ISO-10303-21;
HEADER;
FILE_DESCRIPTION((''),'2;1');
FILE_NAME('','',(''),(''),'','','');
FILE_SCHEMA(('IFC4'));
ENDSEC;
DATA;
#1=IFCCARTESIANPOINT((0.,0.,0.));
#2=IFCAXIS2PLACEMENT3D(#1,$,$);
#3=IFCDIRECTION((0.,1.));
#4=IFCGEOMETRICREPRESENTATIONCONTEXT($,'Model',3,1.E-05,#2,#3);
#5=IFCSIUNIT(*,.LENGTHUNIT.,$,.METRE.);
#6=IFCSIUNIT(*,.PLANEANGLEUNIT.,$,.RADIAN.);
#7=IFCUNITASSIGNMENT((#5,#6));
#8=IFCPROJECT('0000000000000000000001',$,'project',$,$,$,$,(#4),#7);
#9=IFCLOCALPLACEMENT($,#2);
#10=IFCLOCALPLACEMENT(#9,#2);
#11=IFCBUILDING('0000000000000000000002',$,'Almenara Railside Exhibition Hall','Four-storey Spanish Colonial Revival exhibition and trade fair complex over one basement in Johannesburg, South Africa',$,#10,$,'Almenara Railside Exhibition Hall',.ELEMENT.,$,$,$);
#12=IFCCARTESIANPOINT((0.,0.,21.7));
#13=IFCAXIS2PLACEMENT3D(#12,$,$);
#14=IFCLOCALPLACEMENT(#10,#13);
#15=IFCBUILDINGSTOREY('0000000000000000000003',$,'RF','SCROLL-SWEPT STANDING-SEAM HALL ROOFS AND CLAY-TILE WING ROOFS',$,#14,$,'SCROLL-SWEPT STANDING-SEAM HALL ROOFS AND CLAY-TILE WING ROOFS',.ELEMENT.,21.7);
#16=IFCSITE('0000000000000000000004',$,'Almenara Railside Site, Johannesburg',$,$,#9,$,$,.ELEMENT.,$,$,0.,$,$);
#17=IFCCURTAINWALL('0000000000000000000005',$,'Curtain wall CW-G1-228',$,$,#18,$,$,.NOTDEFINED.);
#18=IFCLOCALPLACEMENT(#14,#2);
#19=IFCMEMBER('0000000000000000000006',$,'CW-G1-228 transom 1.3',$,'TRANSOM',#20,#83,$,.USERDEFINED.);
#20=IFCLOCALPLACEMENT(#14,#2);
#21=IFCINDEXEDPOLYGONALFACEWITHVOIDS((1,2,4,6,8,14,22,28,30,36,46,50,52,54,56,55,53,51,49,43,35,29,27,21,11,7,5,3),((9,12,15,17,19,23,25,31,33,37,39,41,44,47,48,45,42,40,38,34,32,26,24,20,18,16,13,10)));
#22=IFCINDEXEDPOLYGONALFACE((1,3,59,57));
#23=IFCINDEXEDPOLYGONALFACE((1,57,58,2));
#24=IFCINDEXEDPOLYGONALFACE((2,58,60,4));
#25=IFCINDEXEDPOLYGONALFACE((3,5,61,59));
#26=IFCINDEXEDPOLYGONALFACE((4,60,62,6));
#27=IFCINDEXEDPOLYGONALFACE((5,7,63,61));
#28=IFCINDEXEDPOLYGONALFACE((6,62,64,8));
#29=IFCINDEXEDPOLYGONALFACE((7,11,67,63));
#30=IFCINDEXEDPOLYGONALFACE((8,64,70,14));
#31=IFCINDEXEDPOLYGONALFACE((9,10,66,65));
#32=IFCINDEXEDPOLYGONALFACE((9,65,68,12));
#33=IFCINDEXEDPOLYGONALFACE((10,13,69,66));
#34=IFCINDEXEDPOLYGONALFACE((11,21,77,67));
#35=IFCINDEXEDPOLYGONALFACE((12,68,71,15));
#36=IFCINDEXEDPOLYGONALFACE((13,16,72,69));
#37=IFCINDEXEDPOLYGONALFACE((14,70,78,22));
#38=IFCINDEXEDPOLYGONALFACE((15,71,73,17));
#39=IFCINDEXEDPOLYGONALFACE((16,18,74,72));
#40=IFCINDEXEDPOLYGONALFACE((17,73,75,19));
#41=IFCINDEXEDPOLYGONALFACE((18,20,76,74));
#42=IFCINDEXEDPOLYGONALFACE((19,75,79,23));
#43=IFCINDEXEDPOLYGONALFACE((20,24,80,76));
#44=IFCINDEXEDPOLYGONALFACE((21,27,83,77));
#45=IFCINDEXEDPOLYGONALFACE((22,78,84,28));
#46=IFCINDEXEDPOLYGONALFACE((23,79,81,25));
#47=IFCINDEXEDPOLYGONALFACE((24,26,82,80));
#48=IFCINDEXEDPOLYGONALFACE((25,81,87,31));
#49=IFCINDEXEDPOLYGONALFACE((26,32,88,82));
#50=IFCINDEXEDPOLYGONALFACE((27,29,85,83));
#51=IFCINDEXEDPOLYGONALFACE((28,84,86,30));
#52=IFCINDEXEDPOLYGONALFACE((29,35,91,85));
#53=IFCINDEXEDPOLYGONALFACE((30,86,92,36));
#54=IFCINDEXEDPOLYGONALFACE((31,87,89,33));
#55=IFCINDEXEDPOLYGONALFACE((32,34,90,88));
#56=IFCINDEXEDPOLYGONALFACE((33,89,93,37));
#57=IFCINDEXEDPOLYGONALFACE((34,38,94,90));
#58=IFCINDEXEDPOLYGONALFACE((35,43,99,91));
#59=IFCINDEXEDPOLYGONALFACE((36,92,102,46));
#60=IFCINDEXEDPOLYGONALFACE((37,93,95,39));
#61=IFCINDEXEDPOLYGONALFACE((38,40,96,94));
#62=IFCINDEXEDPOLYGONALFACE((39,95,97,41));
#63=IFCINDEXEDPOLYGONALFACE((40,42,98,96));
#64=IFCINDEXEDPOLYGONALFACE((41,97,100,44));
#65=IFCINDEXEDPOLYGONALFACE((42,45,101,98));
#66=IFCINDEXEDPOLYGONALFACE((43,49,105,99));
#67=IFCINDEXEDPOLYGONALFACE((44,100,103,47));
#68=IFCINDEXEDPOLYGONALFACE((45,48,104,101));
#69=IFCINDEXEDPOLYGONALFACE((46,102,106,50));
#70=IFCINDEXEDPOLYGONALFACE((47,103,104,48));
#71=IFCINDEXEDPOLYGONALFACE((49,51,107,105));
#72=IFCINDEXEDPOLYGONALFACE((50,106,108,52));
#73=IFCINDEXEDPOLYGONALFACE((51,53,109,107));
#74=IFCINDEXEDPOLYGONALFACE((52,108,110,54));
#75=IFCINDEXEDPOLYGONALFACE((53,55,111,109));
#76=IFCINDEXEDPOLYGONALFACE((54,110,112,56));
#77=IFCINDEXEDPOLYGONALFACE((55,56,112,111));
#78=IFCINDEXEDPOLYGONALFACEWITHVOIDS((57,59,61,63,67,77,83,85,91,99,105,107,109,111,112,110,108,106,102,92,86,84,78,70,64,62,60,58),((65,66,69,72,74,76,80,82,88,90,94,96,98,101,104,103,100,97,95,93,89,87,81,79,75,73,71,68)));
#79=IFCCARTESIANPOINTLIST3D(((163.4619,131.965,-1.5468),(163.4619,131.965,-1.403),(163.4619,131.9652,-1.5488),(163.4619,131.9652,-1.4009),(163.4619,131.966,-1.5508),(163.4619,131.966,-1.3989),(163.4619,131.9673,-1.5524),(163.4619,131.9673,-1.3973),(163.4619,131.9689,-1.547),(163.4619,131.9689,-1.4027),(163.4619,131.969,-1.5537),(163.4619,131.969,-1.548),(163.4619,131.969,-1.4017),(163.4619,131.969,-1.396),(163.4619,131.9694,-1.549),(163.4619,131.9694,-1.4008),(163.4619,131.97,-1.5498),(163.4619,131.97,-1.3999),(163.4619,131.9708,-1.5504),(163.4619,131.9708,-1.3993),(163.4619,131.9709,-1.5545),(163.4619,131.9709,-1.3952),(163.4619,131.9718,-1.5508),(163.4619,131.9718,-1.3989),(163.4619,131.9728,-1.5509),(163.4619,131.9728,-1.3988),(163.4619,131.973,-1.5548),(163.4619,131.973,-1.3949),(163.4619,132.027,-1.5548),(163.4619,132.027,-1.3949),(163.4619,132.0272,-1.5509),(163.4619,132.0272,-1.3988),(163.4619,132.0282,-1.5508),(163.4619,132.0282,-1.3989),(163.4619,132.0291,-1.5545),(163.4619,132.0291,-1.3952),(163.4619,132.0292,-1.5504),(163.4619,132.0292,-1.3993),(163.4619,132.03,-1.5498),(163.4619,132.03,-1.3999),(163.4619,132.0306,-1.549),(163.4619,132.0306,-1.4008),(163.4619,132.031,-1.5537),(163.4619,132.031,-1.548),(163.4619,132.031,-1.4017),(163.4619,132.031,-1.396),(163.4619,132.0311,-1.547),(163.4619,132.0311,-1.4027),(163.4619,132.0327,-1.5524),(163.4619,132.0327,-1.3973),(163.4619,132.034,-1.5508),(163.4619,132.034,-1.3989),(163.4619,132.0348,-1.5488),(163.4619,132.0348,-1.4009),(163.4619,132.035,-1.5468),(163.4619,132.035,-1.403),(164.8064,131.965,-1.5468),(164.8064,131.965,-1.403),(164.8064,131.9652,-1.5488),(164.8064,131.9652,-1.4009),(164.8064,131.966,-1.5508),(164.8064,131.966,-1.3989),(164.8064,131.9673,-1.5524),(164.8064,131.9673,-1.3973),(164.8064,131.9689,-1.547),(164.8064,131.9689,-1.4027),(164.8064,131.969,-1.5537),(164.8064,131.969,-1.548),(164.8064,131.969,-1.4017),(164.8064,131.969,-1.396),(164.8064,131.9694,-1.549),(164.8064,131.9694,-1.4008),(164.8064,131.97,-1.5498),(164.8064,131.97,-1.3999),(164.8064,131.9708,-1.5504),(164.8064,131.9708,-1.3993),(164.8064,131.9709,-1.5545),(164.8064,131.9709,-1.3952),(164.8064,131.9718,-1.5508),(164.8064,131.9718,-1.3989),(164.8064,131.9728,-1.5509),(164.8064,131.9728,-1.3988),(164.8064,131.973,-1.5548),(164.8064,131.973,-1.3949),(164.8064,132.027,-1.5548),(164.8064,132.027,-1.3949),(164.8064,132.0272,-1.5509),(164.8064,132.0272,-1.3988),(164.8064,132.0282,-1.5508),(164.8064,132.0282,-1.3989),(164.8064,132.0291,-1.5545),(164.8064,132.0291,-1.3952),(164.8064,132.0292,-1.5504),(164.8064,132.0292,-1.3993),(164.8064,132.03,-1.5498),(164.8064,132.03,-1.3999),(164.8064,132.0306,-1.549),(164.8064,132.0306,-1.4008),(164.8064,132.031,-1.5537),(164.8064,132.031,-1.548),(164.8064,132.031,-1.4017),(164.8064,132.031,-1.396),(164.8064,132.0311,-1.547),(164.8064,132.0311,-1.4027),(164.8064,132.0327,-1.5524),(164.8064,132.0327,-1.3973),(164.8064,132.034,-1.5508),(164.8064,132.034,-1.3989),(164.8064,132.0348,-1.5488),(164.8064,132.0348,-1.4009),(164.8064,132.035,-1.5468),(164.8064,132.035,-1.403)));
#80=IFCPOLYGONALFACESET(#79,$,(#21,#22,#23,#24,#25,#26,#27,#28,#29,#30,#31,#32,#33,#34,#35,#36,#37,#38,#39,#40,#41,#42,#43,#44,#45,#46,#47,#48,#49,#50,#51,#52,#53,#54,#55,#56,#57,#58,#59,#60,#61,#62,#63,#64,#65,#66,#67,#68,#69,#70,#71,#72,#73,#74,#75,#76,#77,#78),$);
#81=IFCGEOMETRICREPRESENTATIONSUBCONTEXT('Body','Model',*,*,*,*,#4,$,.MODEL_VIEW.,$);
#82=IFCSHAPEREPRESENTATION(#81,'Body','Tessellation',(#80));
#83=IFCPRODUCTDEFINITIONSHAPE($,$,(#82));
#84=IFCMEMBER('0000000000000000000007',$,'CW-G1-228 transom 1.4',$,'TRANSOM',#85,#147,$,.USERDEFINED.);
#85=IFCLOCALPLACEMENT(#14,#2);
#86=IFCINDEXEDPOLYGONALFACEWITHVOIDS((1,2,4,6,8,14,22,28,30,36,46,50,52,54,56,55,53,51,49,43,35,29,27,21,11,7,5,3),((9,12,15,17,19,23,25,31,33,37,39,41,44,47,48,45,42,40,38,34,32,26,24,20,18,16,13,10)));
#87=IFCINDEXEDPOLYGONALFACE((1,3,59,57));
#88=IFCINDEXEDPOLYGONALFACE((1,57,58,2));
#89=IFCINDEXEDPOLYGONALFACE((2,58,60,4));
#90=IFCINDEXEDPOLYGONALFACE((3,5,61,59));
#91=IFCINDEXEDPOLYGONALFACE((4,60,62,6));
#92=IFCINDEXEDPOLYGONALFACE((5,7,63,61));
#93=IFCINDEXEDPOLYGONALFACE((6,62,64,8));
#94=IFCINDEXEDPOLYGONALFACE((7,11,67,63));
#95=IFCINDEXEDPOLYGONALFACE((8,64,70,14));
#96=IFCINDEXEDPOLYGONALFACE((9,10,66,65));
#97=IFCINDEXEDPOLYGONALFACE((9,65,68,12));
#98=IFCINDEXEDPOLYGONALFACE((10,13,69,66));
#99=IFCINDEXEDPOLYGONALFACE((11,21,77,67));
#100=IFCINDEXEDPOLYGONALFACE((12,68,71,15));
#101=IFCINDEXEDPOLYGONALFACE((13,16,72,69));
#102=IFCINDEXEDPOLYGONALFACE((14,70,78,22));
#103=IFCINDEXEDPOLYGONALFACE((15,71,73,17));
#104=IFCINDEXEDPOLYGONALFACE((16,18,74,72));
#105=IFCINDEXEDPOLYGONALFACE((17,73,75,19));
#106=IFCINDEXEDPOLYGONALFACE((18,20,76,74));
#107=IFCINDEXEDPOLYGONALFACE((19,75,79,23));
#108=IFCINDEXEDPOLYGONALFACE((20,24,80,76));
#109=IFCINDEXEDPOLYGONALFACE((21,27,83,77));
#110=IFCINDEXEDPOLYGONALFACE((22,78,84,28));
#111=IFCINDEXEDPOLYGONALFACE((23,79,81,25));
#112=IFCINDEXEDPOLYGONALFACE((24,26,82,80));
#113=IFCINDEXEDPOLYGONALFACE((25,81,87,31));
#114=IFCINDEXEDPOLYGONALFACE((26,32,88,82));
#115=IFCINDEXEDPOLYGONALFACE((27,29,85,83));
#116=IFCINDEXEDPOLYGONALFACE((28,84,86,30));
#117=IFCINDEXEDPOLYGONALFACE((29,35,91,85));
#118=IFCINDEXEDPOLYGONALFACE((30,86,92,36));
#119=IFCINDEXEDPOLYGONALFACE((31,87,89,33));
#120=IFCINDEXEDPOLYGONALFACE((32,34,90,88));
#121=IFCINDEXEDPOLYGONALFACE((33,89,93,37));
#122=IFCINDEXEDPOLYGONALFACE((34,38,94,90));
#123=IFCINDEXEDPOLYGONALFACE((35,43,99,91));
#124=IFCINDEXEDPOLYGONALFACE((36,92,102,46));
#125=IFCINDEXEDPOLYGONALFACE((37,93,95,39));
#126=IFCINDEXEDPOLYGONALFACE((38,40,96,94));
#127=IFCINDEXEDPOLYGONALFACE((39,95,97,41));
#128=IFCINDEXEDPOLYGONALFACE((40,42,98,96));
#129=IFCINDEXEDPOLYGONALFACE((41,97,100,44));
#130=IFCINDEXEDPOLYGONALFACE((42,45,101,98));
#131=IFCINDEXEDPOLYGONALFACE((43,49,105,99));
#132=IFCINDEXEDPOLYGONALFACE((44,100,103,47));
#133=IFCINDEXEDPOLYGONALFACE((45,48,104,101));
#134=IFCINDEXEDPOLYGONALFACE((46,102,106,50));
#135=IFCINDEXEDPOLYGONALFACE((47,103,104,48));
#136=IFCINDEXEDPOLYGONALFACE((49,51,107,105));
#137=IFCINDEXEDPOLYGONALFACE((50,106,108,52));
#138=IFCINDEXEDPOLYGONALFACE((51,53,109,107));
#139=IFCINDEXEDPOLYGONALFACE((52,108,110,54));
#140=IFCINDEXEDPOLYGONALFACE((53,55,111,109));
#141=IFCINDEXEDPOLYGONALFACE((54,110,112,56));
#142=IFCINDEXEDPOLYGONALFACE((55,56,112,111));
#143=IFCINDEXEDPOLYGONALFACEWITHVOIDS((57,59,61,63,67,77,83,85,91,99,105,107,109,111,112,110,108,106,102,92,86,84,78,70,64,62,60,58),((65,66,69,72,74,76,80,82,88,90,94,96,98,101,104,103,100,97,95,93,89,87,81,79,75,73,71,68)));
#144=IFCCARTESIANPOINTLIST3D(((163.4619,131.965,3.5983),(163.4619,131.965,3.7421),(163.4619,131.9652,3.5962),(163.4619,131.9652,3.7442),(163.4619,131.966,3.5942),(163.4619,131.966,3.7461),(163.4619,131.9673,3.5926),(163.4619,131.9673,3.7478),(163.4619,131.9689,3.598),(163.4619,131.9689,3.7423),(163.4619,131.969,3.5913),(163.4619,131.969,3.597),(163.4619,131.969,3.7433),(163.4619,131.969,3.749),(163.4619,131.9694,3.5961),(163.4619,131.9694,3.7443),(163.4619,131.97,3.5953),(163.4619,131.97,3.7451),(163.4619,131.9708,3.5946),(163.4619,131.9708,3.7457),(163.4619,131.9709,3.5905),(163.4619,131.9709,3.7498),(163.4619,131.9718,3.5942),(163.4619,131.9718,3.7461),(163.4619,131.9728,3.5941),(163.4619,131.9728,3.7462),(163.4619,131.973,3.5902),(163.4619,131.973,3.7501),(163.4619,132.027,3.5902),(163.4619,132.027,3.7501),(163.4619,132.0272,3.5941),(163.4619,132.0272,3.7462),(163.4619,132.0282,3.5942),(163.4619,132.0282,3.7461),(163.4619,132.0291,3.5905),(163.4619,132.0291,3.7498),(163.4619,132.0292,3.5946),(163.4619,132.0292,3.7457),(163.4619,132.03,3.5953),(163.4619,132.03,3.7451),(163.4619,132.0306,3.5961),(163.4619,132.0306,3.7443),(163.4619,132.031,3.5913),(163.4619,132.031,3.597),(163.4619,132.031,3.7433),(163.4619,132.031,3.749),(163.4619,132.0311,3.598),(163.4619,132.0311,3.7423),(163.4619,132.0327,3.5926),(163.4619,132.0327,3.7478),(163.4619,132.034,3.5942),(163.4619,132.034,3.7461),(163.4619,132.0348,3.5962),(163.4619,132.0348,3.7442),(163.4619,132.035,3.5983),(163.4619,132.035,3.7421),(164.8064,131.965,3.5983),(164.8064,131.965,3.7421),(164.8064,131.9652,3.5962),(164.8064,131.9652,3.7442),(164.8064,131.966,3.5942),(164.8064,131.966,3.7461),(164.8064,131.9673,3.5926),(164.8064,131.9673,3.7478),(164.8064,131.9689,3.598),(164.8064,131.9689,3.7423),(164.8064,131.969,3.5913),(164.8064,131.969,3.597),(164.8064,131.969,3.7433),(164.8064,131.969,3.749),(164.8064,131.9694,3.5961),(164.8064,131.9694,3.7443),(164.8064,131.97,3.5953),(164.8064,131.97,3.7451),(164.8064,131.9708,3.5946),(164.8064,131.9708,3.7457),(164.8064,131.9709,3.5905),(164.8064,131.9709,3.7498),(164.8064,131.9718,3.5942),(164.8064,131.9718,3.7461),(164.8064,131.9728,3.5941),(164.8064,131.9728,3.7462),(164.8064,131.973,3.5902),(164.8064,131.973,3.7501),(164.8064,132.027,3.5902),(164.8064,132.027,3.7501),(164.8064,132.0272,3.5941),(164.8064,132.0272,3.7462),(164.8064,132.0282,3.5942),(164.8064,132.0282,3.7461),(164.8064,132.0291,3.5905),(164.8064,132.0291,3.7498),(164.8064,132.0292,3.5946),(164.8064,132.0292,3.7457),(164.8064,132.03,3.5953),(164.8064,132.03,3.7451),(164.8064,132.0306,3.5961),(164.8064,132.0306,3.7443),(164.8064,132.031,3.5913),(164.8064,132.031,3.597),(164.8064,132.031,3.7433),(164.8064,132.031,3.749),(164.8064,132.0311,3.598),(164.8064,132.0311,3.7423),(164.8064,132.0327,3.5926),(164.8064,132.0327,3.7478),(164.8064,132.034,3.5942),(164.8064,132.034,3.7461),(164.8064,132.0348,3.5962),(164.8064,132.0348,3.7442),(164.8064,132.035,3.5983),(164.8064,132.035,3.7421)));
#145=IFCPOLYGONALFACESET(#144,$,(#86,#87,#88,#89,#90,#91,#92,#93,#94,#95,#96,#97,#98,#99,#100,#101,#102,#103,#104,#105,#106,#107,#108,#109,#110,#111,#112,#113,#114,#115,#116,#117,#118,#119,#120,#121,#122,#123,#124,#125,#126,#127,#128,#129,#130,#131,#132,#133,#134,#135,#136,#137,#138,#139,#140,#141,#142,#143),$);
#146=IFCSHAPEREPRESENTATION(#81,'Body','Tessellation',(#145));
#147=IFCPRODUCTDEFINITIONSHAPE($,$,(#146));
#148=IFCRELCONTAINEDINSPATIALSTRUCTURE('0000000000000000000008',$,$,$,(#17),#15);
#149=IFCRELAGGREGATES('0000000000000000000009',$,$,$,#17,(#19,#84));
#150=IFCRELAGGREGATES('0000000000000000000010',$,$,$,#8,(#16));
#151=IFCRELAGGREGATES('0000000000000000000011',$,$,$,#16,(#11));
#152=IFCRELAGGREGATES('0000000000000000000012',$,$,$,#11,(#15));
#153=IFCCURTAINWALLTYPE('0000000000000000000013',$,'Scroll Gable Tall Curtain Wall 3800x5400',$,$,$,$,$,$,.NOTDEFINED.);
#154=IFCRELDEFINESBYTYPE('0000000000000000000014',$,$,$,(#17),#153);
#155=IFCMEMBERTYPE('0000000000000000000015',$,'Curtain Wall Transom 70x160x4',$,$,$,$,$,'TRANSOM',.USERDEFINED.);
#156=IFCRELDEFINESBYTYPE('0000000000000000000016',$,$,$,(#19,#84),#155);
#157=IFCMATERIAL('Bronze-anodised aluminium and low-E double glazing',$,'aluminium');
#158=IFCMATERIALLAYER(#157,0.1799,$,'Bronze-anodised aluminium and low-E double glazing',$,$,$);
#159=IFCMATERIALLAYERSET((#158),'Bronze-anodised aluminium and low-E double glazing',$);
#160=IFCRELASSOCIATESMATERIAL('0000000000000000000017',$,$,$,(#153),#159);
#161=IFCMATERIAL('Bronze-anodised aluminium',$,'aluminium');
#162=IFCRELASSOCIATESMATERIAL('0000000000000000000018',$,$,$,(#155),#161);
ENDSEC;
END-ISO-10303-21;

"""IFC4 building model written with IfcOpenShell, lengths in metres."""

from ifc_helpers import new_model, si_unit, direction, frame, origin, origin_2d, place, context, subcontext, project, spatial, hollow_rectangle, extrude, material, layer, layer_set, material_profile, profile_set, type_object, element, aggregate, save


model = new_model("IFC4")

# Units and contexts
model_context = context("Model", 3, precision=1e-05, world=origin(), true_north=direction((0.0, 1.0)))
body_context = subcontext(model_context, "Body", "Model", "MODEL_VIEW")
ifc_project = project(units=[si_unit("LENGTHUNIT", "METRE"), si_unit("PLANEANGLEUNIT", "RADIAN")], contexts=[model_context])

# Site, building, storey
site_placement = place(None, origin())
site = spatial("IfcSite", under=ifc_project, at=site_placement, Name="Almenara Railside Site, Johannesburg", CompositionType="ELEMENT", RefElevation=0.0)
building_placement = place(site_placement, origin())
building = spatial("IfcBuilding", under=site, at=building_placement, Name="Almenara Railside Exhibition Hall", Description="Four-storey Spanish Colonial Revival exhibition and trade fair complex over one basement in Johannesburg, South Africa", LongName="Almenara Railside Exhibition Hall", CompositionType="ELEMENT")
storey_placement = place(building_placement, frame((0.0, 0.0, 21.7)))
storey = spatial("IfcBuildingStorey", under=building, at=storey_placement, Name="RF", Description="SCROLL-SWEPT STANDING-SEAM HALL ROOFS AND CLAY-TILE WING ROOFS", LongName="SCROLL-SWEPT STANDING-SEAM HALL ROOFS AND CLAY-TILE WING ROOFS", CompositionType="ELEMENT", Elevation=21.7)

# Shared definitions
ifc_material_1 = material(Name="Bronze-anodised aluminium and low-E double glazing", Category="aluminium")
ifc_layer_1 = layer(ifc_material_1, 0.1799, Name="Bronze-anodised aluminium and low-E double glazing")
ifc_layer_set_1 = layer_set([ifc_layer_1], Name="Bronze-anodised aluminium and low-E double glazing")
curtain_wall_type = type_object("IfcCurtainWallType", Name="Scroll Gable Tall Curtain Wall 3800x5400", PredefinedType="NOTDEFINED", material=ifc_layer_set_1)
ifc_material_2 = material(Name="Bronze-anodised aluminium", Category="aluminium")

# Curtain wall, members
curtain_wall_1_placement = place(storey_placement, origin())
curtain_wall_1 = element("IfcCurtainWall", 1, at=curtain_wall_1_placement, inside=storey, type_object=curtain_wall_type, Name="Curtain wall CW-G1-228", PredefinedType="NOTDEFINED")
ifc_material_profile_1 = material_profile(ifc_material_2, hollow_rectangle(XDim=0.0701, YDim=0.1599, WallThickness=0.0039, InnerFilletRadius=0.0039, OuterFilletRadius=0.0081, at=origin_2d()), Name="ALU-TRN 70x160x4")
ifc_profile_set_1 = profile_set([ifc_material_profile_1], Name="Bronze-anodised aluminium")
member_type_1 = type_object("IfcMemberType", Name="Curtain Wall Transom 70x160x4", ElementType="TRANSOM", PredefinedType="USERDEFINED", material=ifc_profile_set_1)
member_1_placement = place(storey_placement, frame((163.4619, 132.0, -1.4749), z_axis=(1.0, 0.0, 0.0), x_axis=(0.0, 1.0, 0.0)))
member_1 = element("IfcMember", 2, at=member_1_placement, type_object=member_type_1, Name="CW-G1-228 transom 1.3", ObjectType="TRANSOM", PredefinedType="USERDEFINED", context=body_context, shape_type="SweptSolid", body=[
    extrude(hollow_rectangle(XDim=0.0701, YDim=0.1599, WallThickness=0.0039, InnerFilletRadius=0.0039, OuterFilletRadius=0.0081, at=origin_2d()), origin(), (0.0, 0.0, 1.0), 1.3445),
])
member_2_placement = place(storey_placement, frame((163.4619, 132.0, 3.6702), z_axis=(1.0, 0.0, 0.0), x_axis=(0.0, 1.0, 0.0)))
member_2 = element("IfcMember", 3, at=member_2_placement, type_object=member_type_1, Name="CW-G1-228 transom 1.4", ObjectType="TRANSOM", PredefinedType="USERDEFINED", context=body_context, shape_type="SweptSolid", body=[
    extrude(hollow_rectangle(XDim=0.0701, YDim=0.1599, WallThickness=0.0039, InnerFilletRadius=0.0039, OuterFilletRadius=0.0081, at=origin_2d()), origin(), (0.0, 0.0, 1.0), 1.3445),
])

aggregate(curtain_wall_1, [member_1, member_2])

save(model, "model.ifc")
